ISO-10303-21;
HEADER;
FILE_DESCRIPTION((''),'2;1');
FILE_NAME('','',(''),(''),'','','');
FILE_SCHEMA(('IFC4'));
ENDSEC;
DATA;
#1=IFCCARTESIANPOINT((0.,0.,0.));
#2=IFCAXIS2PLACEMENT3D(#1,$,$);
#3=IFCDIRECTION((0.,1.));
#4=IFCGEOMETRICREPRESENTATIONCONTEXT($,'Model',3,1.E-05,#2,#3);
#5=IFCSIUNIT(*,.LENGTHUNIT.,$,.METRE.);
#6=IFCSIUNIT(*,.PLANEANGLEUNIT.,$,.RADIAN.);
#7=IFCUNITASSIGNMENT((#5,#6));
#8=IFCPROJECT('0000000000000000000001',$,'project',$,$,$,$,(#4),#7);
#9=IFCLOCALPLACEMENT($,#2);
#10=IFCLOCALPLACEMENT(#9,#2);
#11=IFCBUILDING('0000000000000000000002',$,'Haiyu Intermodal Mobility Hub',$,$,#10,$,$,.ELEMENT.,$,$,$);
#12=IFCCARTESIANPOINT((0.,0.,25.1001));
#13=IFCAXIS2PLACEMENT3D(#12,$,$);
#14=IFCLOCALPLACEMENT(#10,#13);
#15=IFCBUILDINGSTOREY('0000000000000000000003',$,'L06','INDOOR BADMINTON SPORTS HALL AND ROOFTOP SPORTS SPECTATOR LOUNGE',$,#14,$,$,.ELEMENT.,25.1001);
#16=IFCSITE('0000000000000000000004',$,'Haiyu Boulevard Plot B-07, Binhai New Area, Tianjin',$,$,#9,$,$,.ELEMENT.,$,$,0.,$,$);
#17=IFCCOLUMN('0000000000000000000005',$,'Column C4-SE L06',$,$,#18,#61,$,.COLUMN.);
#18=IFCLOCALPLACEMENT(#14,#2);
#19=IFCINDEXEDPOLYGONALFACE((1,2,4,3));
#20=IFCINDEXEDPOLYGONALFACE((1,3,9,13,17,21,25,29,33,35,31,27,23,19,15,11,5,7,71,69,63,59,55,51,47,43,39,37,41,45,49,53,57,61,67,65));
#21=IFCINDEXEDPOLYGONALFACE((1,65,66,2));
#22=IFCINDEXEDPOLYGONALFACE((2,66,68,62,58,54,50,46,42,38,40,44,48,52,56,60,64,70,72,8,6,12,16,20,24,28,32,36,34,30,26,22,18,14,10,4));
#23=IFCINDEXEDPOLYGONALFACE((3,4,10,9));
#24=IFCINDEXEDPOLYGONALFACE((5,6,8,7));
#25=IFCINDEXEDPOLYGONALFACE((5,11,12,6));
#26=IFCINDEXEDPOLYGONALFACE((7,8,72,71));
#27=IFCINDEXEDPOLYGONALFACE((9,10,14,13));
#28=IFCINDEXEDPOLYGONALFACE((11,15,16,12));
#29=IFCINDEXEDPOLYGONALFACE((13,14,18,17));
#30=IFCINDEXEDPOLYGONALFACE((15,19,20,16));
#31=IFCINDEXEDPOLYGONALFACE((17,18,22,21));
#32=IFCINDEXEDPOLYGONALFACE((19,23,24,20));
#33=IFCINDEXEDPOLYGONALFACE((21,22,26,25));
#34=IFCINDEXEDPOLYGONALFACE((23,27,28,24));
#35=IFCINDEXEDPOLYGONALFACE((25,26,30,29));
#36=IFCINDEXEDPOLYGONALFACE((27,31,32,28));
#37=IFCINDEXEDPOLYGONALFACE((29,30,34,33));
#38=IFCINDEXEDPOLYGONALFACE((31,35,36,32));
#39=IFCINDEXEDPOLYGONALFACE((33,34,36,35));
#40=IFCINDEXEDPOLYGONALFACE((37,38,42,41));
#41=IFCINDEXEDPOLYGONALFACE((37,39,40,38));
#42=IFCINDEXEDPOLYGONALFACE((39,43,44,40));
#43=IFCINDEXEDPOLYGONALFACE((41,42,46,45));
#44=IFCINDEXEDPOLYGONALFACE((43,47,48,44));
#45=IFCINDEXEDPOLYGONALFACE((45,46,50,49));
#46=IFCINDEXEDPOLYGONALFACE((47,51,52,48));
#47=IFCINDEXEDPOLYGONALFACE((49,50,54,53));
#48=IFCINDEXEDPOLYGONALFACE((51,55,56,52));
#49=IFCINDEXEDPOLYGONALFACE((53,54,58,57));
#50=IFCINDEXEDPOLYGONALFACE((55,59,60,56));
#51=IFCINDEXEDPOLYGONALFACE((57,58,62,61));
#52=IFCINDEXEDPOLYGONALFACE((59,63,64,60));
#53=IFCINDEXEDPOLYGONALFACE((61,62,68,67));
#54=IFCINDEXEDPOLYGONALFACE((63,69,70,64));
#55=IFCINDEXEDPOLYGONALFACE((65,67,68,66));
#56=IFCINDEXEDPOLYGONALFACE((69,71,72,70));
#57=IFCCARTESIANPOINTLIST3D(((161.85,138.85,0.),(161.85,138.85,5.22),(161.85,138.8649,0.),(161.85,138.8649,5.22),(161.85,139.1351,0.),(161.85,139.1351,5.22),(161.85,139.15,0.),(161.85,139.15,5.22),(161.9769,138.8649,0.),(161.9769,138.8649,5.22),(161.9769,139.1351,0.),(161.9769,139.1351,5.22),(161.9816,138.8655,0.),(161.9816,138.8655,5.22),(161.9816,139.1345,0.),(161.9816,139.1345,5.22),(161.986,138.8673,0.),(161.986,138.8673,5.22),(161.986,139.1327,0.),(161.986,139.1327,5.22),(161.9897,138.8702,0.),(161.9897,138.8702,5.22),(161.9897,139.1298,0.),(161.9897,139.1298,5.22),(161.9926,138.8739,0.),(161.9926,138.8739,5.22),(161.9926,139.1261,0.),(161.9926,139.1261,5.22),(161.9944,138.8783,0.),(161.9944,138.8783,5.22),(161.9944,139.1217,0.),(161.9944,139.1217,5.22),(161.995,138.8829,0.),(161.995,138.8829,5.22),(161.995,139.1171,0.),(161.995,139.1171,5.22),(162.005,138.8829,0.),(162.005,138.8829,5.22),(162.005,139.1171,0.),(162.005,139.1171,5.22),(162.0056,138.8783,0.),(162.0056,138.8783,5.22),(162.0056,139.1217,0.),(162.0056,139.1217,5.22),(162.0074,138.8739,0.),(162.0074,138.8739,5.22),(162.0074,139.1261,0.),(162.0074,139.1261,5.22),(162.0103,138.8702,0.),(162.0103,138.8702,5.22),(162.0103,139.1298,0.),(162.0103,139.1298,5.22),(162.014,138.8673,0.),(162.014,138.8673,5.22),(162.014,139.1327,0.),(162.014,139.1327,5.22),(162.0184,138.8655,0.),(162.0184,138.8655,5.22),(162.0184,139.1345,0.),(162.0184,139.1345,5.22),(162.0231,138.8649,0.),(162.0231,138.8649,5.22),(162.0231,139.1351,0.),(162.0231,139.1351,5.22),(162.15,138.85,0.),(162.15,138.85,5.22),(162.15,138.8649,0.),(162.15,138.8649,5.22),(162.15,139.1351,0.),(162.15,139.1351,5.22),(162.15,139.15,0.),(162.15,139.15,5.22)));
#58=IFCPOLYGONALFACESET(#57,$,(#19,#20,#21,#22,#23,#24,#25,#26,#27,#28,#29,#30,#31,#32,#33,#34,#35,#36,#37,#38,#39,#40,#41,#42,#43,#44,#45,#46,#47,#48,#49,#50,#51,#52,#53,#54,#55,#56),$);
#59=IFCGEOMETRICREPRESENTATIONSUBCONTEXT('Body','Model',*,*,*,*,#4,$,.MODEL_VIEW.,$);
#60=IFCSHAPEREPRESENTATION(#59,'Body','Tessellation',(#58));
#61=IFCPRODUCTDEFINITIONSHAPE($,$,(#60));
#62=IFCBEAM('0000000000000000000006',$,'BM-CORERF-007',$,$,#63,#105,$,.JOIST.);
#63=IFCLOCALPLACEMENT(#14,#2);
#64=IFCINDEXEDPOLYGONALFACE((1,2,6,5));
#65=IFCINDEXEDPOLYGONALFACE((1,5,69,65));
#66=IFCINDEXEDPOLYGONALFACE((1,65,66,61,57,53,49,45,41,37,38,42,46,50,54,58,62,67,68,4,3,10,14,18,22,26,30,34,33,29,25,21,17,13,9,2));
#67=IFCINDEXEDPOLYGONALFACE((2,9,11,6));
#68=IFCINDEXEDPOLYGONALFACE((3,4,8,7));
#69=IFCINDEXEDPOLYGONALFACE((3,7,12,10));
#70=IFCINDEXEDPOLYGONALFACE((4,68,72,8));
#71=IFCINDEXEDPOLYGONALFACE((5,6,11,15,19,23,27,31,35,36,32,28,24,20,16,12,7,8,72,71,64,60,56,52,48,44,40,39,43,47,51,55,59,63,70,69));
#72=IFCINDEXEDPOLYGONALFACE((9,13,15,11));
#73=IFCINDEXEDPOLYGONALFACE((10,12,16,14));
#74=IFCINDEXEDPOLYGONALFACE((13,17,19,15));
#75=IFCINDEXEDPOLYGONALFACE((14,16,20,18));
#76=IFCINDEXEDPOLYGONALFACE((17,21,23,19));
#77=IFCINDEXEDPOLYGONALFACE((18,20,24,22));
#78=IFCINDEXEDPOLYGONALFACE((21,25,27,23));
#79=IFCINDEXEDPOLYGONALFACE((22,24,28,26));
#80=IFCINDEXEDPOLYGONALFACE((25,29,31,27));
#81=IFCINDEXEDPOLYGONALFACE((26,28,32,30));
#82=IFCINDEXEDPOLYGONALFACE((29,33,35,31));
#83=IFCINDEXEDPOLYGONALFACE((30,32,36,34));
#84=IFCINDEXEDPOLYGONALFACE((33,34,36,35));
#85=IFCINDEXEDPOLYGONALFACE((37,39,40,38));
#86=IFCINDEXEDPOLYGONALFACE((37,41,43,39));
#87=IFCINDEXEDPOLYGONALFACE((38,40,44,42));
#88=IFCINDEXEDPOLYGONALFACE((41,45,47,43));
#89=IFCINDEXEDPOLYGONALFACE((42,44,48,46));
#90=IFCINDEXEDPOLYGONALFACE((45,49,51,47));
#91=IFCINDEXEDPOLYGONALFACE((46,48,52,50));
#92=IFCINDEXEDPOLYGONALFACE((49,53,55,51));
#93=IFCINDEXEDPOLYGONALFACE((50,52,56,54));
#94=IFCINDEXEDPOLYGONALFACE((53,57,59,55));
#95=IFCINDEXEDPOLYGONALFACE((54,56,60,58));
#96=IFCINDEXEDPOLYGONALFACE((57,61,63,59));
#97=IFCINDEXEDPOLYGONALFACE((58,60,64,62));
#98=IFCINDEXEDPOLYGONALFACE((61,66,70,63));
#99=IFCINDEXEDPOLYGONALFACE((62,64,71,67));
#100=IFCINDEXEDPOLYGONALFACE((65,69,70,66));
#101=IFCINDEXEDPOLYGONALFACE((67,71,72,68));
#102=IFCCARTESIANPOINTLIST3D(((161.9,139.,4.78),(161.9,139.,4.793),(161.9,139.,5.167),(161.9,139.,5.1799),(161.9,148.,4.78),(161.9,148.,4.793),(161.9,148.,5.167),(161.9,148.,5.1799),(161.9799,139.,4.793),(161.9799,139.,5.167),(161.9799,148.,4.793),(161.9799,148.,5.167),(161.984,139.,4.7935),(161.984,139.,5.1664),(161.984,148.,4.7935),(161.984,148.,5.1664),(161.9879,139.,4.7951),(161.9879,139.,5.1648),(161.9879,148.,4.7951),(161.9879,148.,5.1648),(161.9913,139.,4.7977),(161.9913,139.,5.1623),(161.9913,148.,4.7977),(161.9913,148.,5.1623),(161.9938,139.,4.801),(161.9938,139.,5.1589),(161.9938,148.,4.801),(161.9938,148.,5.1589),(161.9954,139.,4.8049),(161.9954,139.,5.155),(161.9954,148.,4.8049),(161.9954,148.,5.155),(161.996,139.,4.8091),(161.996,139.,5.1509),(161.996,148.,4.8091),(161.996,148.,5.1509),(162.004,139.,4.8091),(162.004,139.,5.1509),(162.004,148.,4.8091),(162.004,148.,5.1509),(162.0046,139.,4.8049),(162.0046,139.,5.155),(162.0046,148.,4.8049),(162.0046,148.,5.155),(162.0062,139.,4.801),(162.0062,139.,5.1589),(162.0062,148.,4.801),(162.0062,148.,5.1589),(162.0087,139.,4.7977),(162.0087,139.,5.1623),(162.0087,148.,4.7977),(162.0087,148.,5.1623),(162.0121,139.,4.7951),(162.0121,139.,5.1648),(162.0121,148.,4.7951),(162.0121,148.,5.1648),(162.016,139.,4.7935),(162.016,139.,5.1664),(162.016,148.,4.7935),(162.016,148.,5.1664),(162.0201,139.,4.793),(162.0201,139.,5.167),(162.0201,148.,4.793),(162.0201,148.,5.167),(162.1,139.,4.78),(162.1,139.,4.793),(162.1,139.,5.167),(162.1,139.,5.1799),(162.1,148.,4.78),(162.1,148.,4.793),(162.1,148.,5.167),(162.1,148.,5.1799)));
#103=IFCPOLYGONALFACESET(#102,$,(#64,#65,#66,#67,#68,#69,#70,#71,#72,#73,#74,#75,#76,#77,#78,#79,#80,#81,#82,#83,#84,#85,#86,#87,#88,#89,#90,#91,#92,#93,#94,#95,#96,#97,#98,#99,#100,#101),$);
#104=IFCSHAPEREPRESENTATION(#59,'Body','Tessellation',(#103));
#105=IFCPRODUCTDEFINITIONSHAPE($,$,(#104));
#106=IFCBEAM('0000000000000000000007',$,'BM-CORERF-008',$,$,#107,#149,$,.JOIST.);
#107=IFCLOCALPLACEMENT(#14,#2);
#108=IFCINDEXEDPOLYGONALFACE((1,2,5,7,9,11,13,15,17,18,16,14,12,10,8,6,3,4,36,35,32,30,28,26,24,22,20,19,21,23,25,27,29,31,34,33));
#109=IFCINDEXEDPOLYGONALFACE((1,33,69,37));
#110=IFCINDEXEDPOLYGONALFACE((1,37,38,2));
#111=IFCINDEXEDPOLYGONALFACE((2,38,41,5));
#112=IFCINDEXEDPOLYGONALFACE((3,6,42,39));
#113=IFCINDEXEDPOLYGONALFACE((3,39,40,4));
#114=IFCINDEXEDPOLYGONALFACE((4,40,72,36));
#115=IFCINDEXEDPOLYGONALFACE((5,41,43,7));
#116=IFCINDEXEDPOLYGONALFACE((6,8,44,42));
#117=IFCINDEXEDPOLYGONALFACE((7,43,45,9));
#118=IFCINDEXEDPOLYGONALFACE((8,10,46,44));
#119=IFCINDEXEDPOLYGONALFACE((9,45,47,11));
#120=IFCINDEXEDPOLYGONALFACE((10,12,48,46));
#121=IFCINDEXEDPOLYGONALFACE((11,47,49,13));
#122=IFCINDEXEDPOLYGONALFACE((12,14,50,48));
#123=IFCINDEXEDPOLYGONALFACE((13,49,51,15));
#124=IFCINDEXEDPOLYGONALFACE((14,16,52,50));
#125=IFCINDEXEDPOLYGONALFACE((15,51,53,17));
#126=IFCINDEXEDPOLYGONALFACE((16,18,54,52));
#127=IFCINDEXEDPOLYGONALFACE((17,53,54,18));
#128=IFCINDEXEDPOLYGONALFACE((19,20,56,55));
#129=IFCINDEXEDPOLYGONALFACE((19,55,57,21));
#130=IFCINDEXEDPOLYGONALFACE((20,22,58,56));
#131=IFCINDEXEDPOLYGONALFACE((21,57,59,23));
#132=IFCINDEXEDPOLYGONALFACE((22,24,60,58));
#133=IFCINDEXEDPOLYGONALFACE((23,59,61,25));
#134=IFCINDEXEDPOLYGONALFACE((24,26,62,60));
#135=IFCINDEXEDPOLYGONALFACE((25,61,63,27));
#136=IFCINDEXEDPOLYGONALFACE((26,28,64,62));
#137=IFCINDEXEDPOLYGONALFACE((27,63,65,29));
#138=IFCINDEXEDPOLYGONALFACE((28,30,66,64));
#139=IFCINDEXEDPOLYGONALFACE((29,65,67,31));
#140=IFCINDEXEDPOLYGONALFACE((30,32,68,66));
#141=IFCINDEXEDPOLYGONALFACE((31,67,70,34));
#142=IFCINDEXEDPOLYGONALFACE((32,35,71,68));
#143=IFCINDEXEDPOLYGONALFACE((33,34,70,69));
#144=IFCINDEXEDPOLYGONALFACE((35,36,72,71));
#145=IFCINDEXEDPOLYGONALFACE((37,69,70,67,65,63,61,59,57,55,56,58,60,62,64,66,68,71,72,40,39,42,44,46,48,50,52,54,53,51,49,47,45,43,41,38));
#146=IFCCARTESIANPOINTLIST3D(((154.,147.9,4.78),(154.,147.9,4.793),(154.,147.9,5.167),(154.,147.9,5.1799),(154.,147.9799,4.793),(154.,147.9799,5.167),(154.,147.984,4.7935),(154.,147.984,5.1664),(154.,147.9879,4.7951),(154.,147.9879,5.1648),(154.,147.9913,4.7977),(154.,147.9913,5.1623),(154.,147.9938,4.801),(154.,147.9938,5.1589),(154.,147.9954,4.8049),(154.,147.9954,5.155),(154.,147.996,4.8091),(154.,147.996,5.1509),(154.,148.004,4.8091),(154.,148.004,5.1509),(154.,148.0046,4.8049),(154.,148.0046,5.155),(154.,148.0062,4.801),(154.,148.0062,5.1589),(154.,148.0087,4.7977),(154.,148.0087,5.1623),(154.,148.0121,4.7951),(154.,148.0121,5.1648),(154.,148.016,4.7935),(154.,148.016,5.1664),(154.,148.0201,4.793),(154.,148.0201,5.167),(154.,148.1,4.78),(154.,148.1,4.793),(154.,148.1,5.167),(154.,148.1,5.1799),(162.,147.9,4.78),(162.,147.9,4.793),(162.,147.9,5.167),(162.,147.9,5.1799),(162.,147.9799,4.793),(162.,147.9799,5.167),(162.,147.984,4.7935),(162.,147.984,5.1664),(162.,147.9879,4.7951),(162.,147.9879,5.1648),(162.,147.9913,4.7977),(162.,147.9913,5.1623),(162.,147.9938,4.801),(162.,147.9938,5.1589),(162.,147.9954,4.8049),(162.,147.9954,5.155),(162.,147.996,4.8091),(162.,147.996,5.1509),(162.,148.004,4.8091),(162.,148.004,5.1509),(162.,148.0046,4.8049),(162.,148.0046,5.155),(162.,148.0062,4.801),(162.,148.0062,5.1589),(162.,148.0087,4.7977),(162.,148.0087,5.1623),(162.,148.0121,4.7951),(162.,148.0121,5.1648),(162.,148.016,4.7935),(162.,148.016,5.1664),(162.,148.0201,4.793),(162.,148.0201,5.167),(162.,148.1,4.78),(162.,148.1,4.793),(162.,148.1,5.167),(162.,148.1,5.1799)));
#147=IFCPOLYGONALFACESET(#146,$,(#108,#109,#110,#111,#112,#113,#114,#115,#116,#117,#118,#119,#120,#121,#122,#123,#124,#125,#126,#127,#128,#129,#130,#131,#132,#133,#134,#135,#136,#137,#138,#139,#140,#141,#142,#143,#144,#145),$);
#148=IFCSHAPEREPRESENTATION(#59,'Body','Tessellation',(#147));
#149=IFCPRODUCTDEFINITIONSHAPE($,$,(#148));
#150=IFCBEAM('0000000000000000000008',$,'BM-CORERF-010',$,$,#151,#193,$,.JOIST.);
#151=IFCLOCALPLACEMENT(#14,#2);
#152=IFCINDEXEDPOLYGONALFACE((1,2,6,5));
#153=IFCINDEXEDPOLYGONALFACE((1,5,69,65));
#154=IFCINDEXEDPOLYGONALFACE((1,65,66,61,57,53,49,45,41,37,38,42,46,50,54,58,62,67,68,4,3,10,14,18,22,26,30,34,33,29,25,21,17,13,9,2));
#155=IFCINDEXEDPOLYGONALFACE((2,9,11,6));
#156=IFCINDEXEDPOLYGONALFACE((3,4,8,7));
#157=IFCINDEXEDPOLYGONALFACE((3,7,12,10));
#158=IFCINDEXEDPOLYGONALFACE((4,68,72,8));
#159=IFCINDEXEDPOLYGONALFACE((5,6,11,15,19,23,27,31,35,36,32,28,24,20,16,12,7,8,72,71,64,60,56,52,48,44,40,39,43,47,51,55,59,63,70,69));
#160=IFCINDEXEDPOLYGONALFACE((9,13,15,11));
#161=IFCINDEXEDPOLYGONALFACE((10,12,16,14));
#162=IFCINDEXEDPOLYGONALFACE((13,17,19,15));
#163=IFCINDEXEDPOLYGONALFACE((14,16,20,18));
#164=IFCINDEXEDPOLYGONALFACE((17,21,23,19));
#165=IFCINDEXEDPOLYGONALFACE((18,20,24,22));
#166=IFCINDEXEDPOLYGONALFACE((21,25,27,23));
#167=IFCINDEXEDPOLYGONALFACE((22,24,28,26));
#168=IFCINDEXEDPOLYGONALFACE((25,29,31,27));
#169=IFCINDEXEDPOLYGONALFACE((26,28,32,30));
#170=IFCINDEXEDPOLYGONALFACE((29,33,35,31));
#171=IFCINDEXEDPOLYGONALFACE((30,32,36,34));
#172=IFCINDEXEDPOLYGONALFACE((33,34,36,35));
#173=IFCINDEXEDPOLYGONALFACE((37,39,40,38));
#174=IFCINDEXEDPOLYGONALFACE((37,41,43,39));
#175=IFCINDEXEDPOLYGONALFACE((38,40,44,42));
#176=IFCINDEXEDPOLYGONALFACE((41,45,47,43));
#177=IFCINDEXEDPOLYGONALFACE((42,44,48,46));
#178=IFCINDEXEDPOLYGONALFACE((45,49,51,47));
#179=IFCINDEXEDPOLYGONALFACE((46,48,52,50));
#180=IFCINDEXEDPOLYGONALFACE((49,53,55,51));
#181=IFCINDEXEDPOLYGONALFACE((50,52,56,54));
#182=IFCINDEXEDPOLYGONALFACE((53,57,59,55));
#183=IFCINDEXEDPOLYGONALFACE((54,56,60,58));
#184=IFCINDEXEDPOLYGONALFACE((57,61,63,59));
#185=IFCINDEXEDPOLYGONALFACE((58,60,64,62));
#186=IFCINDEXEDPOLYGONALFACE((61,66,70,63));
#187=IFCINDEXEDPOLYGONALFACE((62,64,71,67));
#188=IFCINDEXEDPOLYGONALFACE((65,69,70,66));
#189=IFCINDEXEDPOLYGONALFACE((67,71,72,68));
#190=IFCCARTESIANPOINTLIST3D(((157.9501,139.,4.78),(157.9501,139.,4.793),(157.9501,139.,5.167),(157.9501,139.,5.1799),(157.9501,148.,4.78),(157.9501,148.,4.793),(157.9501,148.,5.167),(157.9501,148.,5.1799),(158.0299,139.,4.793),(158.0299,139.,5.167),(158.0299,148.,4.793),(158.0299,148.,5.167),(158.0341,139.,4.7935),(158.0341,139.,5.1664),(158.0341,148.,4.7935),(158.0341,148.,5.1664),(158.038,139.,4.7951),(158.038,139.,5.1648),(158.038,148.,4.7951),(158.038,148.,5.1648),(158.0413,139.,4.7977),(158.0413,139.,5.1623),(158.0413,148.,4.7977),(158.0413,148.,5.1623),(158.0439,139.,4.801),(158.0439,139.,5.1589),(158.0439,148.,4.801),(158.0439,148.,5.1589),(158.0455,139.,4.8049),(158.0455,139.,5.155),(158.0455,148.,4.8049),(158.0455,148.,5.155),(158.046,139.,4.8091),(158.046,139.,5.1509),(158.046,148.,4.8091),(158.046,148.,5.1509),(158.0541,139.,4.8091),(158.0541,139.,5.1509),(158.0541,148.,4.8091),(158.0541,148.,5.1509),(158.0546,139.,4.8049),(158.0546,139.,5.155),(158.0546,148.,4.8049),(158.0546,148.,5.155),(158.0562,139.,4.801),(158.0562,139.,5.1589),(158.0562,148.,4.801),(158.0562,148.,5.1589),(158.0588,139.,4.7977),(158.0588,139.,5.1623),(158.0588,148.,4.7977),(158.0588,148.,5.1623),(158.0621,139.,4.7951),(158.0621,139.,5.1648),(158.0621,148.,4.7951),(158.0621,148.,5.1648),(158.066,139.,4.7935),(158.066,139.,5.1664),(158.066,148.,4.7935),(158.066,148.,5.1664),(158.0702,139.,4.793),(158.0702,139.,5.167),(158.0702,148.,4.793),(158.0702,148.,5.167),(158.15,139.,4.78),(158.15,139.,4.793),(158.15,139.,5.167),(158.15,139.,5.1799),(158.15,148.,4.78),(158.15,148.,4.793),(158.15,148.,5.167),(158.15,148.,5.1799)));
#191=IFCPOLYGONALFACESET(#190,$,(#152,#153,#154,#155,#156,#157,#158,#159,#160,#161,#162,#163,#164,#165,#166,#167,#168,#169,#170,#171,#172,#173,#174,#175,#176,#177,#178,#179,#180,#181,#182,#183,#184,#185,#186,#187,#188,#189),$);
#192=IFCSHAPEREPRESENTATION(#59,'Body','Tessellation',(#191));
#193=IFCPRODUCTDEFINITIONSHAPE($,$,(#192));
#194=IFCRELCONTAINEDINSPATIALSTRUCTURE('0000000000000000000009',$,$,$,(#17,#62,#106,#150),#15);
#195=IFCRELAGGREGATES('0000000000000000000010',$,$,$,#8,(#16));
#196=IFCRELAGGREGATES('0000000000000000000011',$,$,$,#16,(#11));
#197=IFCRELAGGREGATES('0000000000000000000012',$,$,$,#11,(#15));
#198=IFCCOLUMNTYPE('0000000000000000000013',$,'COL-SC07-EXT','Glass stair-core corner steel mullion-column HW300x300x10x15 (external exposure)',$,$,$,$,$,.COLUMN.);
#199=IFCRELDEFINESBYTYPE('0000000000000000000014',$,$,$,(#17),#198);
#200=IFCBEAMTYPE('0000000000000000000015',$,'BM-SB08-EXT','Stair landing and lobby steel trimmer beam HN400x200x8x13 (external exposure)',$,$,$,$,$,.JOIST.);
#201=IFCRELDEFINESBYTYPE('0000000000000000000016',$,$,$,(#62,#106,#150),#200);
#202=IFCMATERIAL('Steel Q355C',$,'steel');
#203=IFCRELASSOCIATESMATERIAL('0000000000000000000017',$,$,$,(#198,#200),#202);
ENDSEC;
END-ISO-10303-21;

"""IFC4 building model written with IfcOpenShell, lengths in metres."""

from ifc_helpers import new_model, si_unit, direction, frame, origin, origin_2d, place, context, subcontext, project, spatial, i_section, extrude, material, material_profile, profile_set, type_object, element, save


model = new_model("IFC4")

# Units and contexts
model_context = context("Model", 3, precision=1e-05, world=origin(), true_north=direction((0.0, 1.0)))
body_context = subcontext(model_context, "Body", "Model", "MODEL_VIEW")
ifc_project = project(units=[si_unit("LENGTHUNIT", "METRE"), si_unit("PLANEANGLEUNIT", "RADIAN")], contexts=[model_context])

# Site, building, storey
site_placement = place(None, origin())
site = spatial("IfcSite", under=ifc_project, at=site_placement, Name="Haiyu Boulevard Plot B-07, Binhai New Area, Tianjin", CompositionType="ELEMENT", RefElevation=0.0)
building_placement = place(site_placement, origin())
building = spatial("IfcBuilding", under=site, at=building_placement, Name="Haiyu Intermodal Mobility Hub", CompositionType="ELEMENT")
storey_placement = place(building_placement, frame((0.0, 0.0, 25.1001)))
storey = spatial("IfcBuildingStorey", under=building, at=storey_placement, Name="L06", Description="INDOOR BADMINTON SPORTS HALL AND ROOFTOP SPORTS SPECTATOR LOUNGE", CompositionType="ELEMENT", Elevation=25.1001)

# Column
ifc_material_1 = material(Name="Steel Q355C", Category="steel")
ifc_material_profile_1 = material_profile(ifc_material_1, i_section(OverallWidth=0.3, OverallDepth=0.3, WebThickness=0.01, FlangeThickness=0.0149, FilletRadius=0.0181, at=origin_2d()), Name="HW300x300x10x15")
ifc_profile_set_1 = profile_set([ifc_material_profile_1], Name="Steel Q355C")
column_type_1 = type_object("IfcColumnType", Name="COL-SC07-EXT", Description="Glass stair-core corner steel mullion-column HW300x300x10x15 (external exposure)", PredefinedType="COLUMN", material=ifc_profile_set_1)
for number, where, z_axis, x_axis, name in (
    (1, (162.0, 139.0, 0.0), (0.0, 0.0, 1.0), (1.0, 0.0, 0.0), "Column C4-SE L06"),
):
    element("IfcColumn", number, at=place(storey_placement, frame(where, z_axis=z_axis, x_axis=x_axis)), inside=storey, type_object=column_type_1, Name=name, PredefinedType="COLUMN", context=body_context, shape_type="SweptSolid", body=[
        extrude(i_section(OverallWidth=0.3, OverallDepth=0.3, WebThickness=0.01, FlangeThickness=0.0149, FilletRadius=0.0181, at=origin_2d()), origin(), (0.0, 0.0, 1.0), 5.22),
    ])

# Beams
ifc_material_profile_2 = material_profile(ifc_material_1, i_section(OverallWidth=0.2, OverallDepth=0.3999, WebThickness=0.0081, FlangeThickness=0.0129, FilletRadius=0.0161, at=origin_2d()), Name="HN400x200x8x13")
ifc_profile_set_2 = profile_set([ifc_material_profile_2], Name="Steel Q355C")
beam_type = type_object("IfcBeamType", Name="BM-SB08-EXT", Description="Stair landing and lobby steel trimmer beam HN400x200x8x13 (external exposure)", PredefinedType="JOIST", material=ifc_profile_set_2)
beam_1_placement = place(storey_placement, frame((162.0, 139.0, 4.98), z_axis=(0.0, 1.0, 0.0), x_axis=(-1.0, 0.0, 0.0)))
element("IfcBeam", 2, at=beam_1_placement, inside=storey, type_object=beam_type, Name="BM-CORERF-007", PredefinedType="JOIST", context=body_context, shape_type="SweptSolid", body=[
    extrude(i_section(OverallWidth=0.2, OverallDepth=0.3999, WebThickness=0.0081, FlangeThickness=0.0129, FilletRadius=0.0161, at=origin_2d()), origin(), (0.0, 0.0, 1.0), 9.0),
])
beam_2_placement = place(storey_placement, frame((162.0, 148.0, 4.98), z_axis=(-1.0, 0.0, 0.0), x_axis=(0.0, -1.0, 0.0)))
element("IfcBeam", 3, at=beam_2_placement, inside=storey, type_object=beam_type, Name="BM-CORERF-008", PredefinedType="JOIST", context=body_context, shape_type="SweptSolid", body=[
    extrude(i_section(OverallWidth=0.2, OverallDepth=0.3999, WebThickness=0.0081, FlangeThickness=0.0129, FilletRadius=0.0161, at=origin_2d()), origin(), (0.0, 0.0, 1.0), 8.0),
])
beam_3_placement = place(storey_placement, frame((158.05, 139.0, 4.98), z_axis=(0.0, 1.0, 0.0), x_axis=(-1.0, 0.0, 0.0)))
element("IfcBeam", 4, at=beam_3_placement, inside=storey, type_object=beam_type, Name="BM-CORERF-010", PredefinedType="JOIST", context=body_context, shape_type="SweptSolid", body=[
    extrude(i_section(OverallWidth=0.2, OverallDepth=0.3999, WebThickness=0.0081, FlangeThickness=0.0129, FilletRadius=0.0161, at=origin_2d()), origin(), (0.0, 0.0, 1.0), 9.0),
])

save(model, "model.ifc")
